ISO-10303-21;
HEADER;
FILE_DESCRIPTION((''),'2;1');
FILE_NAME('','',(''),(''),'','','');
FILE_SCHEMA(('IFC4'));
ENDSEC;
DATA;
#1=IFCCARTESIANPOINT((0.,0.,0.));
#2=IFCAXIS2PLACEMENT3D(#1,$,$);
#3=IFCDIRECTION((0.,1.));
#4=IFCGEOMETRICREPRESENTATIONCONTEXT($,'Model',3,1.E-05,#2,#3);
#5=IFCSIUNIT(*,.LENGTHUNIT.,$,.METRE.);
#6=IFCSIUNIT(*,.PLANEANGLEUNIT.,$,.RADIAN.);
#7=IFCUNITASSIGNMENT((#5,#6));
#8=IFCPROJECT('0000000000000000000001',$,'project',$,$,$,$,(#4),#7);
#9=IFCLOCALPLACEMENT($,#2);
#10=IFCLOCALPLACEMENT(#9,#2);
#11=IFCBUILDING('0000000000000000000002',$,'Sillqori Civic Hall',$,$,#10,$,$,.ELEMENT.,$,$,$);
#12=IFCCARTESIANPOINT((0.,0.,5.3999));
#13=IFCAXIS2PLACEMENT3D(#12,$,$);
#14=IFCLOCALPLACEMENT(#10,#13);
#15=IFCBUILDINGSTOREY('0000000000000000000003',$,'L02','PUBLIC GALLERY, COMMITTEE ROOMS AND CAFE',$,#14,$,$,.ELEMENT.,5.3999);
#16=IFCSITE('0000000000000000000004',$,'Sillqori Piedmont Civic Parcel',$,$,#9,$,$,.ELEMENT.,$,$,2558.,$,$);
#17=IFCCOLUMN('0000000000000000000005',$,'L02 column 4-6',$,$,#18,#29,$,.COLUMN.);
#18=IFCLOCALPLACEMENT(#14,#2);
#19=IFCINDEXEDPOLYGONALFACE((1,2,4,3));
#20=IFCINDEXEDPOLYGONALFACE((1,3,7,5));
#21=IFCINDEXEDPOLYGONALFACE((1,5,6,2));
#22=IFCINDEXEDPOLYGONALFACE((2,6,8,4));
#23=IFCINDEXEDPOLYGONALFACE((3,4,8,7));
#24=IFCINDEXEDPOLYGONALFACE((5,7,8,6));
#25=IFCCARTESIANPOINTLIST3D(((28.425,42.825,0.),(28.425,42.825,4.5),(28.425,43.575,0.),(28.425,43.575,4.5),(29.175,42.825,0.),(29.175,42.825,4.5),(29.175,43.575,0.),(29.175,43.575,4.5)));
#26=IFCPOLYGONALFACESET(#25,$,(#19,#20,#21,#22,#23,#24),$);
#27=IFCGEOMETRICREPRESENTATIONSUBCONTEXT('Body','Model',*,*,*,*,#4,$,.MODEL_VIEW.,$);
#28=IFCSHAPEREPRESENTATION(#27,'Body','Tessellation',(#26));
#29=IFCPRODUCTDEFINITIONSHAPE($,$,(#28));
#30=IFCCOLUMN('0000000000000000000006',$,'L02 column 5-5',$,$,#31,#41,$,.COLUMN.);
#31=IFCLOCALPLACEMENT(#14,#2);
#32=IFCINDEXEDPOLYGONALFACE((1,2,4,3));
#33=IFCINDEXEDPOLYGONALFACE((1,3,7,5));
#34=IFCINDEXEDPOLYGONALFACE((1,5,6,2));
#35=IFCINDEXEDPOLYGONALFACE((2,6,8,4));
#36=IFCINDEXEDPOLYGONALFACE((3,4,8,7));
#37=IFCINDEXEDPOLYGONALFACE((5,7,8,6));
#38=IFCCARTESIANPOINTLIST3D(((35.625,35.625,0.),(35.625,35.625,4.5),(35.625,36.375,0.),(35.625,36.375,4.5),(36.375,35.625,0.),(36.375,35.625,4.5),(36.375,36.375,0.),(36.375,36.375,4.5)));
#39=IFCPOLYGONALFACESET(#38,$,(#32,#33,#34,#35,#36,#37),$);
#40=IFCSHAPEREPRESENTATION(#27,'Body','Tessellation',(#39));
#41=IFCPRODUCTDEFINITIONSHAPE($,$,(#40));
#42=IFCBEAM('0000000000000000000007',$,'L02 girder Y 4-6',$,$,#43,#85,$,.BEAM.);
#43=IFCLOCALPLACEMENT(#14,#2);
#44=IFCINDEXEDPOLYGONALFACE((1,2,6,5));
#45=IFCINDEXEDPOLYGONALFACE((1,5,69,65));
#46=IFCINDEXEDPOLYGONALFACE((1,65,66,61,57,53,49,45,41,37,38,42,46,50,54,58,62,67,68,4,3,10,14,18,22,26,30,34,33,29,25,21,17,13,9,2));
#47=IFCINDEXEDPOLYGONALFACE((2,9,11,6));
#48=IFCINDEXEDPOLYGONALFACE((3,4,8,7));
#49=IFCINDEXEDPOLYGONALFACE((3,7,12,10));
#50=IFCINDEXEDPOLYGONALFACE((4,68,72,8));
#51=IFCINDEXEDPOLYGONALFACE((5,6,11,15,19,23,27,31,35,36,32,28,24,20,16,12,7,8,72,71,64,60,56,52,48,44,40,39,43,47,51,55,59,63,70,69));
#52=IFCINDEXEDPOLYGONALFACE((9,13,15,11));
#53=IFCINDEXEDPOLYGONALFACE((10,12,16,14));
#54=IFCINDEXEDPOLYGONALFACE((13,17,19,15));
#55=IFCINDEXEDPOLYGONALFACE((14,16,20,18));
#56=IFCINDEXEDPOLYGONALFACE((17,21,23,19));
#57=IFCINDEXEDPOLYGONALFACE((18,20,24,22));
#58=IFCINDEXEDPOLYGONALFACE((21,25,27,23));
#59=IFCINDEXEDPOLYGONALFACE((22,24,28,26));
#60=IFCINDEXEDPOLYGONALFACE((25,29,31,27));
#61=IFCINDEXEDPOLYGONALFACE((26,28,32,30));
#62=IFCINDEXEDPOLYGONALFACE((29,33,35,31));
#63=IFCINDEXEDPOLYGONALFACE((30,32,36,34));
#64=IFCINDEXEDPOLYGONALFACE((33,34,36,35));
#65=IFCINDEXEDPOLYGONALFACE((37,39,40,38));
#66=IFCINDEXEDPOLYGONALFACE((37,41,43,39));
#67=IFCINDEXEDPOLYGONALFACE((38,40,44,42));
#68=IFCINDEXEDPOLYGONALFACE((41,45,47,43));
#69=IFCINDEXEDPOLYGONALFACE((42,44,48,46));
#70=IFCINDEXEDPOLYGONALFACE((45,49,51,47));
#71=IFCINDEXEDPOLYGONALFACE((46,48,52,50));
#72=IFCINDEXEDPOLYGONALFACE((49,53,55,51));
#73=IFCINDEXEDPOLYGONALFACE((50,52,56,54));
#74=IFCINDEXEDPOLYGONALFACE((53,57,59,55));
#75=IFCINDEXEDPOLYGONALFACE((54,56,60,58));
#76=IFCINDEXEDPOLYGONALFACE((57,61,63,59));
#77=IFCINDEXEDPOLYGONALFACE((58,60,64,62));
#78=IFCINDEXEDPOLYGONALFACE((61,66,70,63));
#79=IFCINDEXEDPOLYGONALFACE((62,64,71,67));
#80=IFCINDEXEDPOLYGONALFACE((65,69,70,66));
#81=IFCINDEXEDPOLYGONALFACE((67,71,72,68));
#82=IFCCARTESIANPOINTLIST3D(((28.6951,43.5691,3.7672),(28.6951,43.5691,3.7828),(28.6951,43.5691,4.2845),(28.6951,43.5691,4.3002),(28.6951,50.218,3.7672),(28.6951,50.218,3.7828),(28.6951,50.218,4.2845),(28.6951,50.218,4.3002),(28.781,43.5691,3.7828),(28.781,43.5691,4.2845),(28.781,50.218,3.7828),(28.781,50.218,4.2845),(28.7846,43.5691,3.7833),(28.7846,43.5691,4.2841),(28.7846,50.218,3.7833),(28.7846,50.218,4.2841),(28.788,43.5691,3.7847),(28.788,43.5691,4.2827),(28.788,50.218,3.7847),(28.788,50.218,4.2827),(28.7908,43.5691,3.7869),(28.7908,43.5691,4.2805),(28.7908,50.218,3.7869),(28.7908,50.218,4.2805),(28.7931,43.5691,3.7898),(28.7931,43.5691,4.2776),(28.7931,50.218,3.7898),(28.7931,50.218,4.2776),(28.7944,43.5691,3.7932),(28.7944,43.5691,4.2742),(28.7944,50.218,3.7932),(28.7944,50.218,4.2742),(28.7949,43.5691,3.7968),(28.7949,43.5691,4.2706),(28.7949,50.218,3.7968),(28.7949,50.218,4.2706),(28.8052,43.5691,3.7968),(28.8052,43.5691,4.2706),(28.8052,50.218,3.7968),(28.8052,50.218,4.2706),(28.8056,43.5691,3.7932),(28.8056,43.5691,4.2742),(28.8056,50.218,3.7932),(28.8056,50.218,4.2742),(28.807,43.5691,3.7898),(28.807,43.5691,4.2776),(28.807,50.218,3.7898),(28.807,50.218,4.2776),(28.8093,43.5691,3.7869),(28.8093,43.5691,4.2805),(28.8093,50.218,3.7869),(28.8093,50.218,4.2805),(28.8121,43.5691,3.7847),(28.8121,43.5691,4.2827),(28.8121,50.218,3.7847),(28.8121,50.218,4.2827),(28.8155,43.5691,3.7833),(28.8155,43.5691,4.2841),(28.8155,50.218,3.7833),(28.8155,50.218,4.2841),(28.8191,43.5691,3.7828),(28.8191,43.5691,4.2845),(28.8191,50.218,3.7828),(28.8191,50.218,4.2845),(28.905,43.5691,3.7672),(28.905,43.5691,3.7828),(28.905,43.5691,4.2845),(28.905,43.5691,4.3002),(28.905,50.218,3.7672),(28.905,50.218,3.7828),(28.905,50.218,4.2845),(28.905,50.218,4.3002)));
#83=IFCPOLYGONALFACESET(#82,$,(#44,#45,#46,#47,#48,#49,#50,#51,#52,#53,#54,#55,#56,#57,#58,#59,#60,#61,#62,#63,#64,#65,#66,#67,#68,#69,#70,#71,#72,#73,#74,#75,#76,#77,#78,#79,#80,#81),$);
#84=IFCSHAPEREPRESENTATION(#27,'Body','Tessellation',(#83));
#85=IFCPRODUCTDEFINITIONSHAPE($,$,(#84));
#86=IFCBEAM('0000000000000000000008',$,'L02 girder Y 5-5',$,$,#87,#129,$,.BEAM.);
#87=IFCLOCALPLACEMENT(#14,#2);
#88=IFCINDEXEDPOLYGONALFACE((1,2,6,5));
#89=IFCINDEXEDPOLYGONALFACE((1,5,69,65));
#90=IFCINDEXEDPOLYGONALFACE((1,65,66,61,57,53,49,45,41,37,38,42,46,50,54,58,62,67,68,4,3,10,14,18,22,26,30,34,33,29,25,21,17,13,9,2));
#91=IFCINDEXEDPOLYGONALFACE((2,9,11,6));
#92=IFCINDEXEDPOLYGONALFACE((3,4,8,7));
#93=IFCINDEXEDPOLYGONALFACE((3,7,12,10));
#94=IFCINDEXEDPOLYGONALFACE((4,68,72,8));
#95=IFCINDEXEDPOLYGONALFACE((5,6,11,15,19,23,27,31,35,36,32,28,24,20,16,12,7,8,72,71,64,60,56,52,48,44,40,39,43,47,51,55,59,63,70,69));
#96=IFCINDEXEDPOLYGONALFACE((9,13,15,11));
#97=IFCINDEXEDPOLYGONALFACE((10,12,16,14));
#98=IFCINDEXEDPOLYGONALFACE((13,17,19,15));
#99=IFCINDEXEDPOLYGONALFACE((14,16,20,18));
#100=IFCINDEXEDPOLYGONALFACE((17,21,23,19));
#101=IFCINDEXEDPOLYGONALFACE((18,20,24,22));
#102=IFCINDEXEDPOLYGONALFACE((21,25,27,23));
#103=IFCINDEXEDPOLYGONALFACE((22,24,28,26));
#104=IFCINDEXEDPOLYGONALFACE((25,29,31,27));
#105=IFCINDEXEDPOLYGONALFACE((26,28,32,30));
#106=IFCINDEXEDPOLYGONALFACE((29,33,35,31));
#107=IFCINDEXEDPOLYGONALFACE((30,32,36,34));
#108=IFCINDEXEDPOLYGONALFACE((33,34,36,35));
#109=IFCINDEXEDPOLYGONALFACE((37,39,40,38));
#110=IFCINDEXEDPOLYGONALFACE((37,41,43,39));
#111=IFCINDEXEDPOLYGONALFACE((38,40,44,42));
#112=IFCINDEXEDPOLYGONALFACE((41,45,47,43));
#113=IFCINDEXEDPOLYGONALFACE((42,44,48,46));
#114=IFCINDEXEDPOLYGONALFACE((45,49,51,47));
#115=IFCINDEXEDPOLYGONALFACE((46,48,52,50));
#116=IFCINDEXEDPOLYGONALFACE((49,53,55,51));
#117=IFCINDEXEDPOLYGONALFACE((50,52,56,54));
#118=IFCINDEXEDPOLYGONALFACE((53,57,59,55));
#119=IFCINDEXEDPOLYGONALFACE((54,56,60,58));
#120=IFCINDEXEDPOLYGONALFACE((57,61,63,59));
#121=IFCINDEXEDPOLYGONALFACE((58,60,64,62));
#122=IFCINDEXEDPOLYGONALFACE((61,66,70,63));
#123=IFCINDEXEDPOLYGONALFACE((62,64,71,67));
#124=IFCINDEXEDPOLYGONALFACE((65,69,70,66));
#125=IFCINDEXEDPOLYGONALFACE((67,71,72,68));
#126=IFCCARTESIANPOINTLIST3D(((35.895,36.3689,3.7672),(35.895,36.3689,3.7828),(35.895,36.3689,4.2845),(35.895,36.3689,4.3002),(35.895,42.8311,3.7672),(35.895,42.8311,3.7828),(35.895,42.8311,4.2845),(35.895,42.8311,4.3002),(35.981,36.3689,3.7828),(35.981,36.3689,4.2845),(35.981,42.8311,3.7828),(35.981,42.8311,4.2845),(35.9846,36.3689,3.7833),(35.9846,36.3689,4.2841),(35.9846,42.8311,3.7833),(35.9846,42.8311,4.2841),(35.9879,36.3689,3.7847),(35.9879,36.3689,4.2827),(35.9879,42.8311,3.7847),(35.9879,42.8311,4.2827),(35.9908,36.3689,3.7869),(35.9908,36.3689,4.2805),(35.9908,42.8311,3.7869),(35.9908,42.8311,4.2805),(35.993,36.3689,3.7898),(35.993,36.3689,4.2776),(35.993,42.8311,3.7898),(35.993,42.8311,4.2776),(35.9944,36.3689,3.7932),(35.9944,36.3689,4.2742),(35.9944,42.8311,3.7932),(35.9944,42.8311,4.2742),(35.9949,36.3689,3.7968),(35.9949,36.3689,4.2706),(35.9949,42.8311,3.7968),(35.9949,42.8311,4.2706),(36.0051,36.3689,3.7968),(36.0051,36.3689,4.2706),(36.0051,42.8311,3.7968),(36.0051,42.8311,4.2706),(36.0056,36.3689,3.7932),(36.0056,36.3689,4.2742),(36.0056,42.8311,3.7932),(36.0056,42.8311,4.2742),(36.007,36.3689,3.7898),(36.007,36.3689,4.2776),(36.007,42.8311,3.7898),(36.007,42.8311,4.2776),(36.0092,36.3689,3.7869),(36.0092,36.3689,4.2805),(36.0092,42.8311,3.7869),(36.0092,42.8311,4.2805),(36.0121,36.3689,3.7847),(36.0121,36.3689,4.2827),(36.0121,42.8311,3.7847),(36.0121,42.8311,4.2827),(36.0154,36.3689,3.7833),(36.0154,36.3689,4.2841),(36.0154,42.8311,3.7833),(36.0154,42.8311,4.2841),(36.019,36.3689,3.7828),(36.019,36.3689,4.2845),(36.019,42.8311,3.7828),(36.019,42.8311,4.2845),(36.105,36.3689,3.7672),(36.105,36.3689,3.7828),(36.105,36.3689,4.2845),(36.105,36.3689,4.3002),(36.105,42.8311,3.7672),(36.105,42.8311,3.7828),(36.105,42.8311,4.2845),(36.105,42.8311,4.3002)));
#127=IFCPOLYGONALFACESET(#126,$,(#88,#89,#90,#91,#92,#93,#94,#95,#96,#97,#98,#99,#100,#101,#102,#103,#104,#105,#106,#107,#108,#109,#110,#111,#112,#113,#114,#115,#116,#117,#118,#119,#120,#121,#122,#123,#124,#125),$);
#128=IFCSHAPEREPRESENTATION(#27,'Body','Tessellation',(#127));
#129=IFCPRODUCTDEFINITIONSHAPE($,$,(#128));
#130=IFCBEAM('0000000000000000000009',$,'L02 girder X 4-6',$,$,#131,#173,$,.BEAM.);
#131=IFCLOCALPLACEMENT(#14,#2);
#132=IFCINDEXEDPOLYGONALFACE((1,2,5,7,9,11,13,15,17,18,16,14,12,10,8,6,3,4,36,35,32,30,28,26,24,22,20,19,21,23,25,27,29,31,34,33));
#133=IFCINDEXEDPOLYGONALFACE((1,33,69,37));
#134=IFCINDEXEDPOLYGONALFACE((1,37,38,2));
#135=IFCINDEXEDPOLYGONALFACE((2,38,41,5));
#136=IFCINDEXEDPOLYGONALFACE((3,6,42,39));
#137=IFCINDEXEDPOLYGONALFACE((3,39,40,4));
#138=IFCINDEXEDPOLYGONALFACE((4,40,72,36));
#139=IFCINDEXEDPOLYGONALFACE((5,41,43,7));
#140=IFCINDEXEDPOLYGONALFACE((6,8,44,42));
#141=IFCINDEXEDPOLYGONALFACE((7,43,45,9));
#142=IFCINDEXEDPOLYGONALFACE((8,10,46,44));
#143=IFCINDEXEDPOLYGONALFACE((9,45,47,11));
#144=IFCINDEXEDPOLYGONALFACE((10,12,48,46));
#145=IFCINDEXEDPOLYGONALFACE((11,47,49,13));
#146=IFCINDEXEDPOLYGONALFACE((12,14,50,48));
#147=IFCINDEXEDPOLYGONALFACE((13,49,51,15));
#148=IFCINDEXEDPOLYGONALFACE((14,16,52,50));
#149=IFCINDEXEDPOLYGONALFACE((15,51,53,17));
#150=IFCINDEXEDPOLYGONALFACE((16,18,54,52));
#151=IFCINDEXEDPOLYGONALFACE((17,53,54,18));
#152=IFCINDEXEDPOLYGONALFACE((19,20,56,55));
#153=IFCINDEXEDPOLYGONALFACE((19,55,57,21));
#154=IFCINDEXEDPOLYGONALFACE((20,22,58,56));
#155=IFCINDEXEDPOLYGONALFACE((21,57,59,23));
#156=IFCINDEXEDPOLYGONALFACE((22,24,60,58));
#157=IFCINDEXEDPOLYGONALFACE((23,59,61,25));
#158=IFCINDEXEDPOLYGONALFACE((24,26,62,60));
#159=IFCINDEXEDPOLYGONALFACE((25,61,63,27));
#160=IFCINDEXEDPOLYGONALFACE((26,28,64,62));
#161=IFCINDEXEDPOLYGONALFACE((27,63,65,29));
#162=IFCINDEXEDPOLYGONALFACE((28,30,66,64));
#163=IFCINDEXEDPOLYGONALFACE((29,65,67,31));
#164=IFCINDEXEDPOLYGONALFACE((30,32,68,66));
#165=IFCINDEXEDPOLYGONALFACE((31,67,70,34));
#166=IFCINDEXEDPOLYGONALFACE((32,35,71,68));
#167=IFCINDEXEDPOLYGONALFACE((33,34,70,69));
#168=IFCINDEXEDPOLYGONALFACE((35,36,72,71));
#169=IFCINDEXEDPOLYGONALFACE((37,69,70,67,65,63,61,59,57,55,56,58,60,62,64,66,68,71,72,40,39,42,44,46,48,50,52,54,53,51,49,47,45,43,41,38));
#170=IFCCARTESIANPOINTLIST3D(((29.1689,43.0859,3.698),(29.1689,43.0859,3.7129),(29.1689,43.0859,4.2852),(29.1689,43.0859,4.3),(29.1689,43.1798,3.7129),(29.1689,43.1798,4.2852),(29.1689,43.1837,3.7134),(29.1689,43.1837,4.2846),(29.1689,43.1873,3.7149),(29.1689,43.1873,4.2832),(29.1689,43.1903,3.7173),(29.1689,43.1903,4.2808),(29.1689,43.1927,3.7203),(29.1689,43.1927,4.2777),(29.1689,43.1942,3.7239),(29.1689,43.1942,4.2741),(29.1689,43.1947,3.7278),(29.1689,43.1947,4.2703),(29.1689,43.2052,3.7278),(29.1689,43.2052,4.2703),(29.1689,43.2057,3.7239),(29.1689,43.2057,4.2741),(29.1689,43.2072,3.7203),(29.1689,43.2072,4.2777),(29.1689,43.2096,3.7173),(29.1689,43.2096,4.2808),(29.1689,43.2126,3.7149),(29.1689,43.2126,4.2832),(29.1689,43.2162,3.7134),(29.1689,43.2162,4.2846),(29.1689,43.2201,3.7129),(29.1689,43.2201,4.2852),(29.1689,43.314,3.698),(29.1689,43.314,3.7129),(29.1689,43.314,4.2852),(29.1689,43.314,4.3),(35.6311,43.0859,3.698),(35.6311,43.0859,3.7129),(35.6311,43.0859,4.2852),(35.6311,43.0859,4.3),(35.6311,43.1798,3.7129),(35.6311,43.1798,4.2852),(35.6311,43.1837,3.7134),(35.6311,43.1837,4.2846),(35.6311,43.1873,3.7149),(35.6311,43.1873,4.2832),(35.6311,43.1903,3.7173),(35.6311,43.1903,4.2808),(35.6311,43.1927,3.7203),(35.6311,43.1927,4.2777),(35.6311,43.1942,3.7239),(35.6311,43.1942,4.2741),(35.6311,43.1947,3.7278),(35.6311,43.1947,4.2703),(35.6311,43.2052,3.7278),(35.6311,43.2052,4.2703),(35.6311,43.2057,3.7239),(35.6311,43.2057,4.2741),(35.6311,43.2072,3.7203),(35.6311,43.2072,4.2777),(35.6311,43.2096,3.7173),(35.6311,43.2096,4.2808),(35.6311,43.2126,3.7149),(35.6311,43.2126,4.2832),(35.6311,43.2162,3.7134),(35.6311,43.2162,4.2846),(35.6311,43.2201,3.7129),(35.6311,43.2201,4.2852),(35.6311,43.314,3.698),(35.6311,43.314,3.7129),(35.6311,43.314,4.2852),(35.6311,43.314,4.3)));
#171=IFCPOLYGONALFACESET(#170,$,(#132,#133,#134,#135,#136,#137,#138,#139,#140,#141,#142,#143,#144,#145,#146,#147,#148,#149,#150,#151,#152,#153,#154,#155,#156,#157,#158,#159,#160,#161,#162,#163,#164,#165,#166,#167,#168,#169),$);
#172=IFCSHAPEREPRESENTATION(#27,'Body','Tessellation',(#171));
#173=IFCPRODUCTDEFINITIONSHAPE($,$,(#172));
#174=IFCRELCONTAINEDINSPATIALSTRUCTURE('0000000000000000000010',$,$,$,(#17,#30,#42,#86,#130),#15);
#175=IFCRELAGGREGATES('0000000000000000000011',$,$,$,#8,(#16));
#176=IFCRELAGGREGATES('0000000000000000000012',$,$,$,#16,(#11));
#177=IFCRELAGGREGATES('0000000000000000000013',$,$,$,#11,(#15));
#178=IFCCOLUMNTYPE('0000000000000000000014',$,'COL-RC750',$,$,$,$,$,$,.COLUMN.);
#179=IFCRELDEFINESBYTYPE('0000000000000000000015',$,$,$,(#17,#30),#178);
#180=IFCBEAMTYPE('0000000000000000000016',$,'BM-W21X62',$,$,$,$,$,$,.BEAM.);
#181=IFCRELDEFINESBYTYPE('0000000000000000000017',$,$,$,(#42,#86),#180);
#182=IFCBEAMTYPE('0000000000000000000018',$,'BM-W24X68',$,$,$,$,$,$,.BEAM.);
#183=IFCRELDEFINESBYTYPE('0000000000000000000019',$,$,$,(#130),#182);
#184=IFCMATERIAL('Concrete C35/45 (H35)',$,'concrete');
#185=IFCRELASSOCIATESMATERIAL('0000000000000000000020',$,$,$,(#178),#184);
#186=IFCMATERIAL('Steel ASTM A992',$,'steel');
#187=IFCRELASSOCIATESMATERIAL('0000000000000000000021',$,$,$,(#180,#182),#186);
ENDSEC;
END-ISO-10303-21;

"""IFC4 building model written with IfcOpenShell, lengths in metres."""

from ifc_helpers import new_model, si_unit, direction, frame, origin, origin_2d, place, context, subcontext, project, spatial, rectangle, i_section, extrude, material, material_profile, profile_set, type_object, element, save


model = new_model("IFC4")

# Units and contexts
model_context = context("Model", 3, precision=1e-05, world=origin(), true_north=direction((0.0, 1.0)))
body_context = subcontext(model_context, "Body", "Model", "MODEL_VIEW")
ifc_project = project(units=[si_unit("LENGTHUNIT", "METRE"), si_unit("PLANEANGLEUNIT", "RADIAN")], contexts=[model_context])

# Site, building, storey
site_placement = place(None, origin())
site = spatial("IfcSite", under=ifc_project, at=site_placement, Name="Sillqori Piedmont Civic Parcel", CompositionType="ELEMENT", RefElevation=2558.0)
building_placement = place(site_placement, origin())
building = spatial("IfcBuilding", under=site, at=building_placement, Name="Sillqori Civic Hall", CompositionType="ELEMENT")
storey_placement = place(building_placement, frame((0.0, 0.0, 5.3999)))
storey = spatial("IfcBuildingStorey", under=building, at=storey_placement, Name="L02", Description="PUBLIC GALLERY, COMMITTEE ROOMS AND CAFE", CompositionType="ELEMENT", Elevation=5.3999)

# Columns
ifc_material_1 = material(Name="Concrete C35/45 (H35)", Category="concrete")
ifc_material_profile_1 = material_profile(ifc_material_1, rectangle(XDim=0.75, YDim=0.75, at=origin_2d()), Name="RC 750x750")
ifc_profile_set_1 = profile_set([ifc_material_profile_1], Name="Concrete C35/45 (H35)")
column_type = type_object("IfcColumnType", Name="COL-RC750", PredefinedType="COLUMN", material=ifc_profile_set_1)
for number, where, z_axis, x_axis, name in (
    (1, (28.8, 43.2, 0.0), (0.0, 0.0, 1.0), (1.0, 0.0, 0.0), "L02 column 4-6"),
    (2, (36.0, 36.0, 0.0), (0.0, 0.0, 1.0), (1.0, 0.0, 0.0), "L02 column 5-5"),
):
    element("IfcColumn", number, at=place(storey_placement, frame(where, z_axis=z_axis, x_axis=x_axis)), inside=storey, type_object=column_type, Name=name, PredefinedType="COLUMN", context=body_context, shape_type="SweptSolid", body=[
        extrude(rectangle(XDim=0.75, YDim=0.75, at=origin_2d()), origin(), (0.0, 0.0, 1.0), 4.5),
    ])

# Beams
ifc_material_2 = material(Name="Steel ASTM A992", Category="steel")
ifc_material_profile_2 = material_profile(ifc_material_2, i_section(OverallWidth=0.21, OverallDepth=0.533, WebThickness=0.0103, FlangeThickness=0.0156, FilletRadius=0.0139, at=origin_2d()), Name="W21X62")
ifc_profile_set_2 = profile_set([ifc_material_profile_2], Name="Steel ASTM A992")
beam_type_1 = type_object("IfcBeamType", Name="BM-W21X62", PredefinedType="BEAM", material=ifc_profile_set_2)
beam_1_placement = place(storey_placement, frame((28.8, 43.5691, 4.0337), z_axis=(0.0, 1.0, 0.0), x_axis=(-1.0, 0.0, 0.0)))
element("IfcBeam", 3, at=beam_1_placement, inside=storey, type_object=beam_type_1, Name="L02 girder Y 4-6", PredefinedType="BEAM", context=body_context, shape_type="SweptSolid", body=[
    extrude(i_section(OverallWidth=0.21, OverallDepth=0.533, WebThickness=0.0103, FlangeThickness=0.0156, FilletRadius=0.0139, at=origin_2d()), origin(), (0.0, 0.0, 1.0), 6.6489),
])
beam_2_placement = place(storey_placement, frame((36.0, 36.3689, 4.0337), z_axis=(0.0, 1.0, 0.0), x_axis=(-1.0, 0.0, 0.0)))
element("IfcBeam", 4, at=beam_2_placement, inside=storey, type_object=beam_type_1, Name="L02 girder Y 5-5", PredefinedType="BEAM", context=body_context, shape_type="SweptSolid", body=[
    extrude(i_section(OverallWidth=0.21, OverallDepth=0.533, WebThickness=0.0103, FlangeThickness=0.0156, FilletRadius=0.0139, at=origin_2d()), origin(), (0.0, 0.0, 1.0), 6.4622),
])
ifc_material_profile_3 = material_profile(ifc_material_2, i_section(OverallWidth=0.228, OverallDepth=0.6021, WebThickness=0.0105, FlangeThickness=0.0149, FilletRadius=0.0149, at=origin_2d()), Name="W24X68")
ifc_profile_set_3 = profile_set([ifc_material_profile_3], Name="Steel ASTM A992")
beam_type_2 = type_object("IfcBeamType", Name="BM-W24X68", PredefinedType="BEAM", material=ifc_profile_set_3)
beam_3_placement = place(storey_placement, frame((29.1689, 43.2, 3.999), z_axis=(1.0, 0.0, 0.0), x_axis=(0.0, 1.0, 0.0)))
element("IfcBeam", 5, at=beam_3_placement, inside=storey, type_object=beam_type_2, Name="L02 girder X 4-6", PredefinedType="BEAM", context=body_context, shape_type="SweptSolid", body=[
    extrude(i_section(OverallWidth=0.228, OverallDepth=0.6021, WebThickness=0.0105, FlangeThickness=0.0149, FilletRadius=0.0149, at=origin_2d()), origin(), (0.0, 0.0, 1.0), 6.4622),
])

save(model, "model.ifc")
